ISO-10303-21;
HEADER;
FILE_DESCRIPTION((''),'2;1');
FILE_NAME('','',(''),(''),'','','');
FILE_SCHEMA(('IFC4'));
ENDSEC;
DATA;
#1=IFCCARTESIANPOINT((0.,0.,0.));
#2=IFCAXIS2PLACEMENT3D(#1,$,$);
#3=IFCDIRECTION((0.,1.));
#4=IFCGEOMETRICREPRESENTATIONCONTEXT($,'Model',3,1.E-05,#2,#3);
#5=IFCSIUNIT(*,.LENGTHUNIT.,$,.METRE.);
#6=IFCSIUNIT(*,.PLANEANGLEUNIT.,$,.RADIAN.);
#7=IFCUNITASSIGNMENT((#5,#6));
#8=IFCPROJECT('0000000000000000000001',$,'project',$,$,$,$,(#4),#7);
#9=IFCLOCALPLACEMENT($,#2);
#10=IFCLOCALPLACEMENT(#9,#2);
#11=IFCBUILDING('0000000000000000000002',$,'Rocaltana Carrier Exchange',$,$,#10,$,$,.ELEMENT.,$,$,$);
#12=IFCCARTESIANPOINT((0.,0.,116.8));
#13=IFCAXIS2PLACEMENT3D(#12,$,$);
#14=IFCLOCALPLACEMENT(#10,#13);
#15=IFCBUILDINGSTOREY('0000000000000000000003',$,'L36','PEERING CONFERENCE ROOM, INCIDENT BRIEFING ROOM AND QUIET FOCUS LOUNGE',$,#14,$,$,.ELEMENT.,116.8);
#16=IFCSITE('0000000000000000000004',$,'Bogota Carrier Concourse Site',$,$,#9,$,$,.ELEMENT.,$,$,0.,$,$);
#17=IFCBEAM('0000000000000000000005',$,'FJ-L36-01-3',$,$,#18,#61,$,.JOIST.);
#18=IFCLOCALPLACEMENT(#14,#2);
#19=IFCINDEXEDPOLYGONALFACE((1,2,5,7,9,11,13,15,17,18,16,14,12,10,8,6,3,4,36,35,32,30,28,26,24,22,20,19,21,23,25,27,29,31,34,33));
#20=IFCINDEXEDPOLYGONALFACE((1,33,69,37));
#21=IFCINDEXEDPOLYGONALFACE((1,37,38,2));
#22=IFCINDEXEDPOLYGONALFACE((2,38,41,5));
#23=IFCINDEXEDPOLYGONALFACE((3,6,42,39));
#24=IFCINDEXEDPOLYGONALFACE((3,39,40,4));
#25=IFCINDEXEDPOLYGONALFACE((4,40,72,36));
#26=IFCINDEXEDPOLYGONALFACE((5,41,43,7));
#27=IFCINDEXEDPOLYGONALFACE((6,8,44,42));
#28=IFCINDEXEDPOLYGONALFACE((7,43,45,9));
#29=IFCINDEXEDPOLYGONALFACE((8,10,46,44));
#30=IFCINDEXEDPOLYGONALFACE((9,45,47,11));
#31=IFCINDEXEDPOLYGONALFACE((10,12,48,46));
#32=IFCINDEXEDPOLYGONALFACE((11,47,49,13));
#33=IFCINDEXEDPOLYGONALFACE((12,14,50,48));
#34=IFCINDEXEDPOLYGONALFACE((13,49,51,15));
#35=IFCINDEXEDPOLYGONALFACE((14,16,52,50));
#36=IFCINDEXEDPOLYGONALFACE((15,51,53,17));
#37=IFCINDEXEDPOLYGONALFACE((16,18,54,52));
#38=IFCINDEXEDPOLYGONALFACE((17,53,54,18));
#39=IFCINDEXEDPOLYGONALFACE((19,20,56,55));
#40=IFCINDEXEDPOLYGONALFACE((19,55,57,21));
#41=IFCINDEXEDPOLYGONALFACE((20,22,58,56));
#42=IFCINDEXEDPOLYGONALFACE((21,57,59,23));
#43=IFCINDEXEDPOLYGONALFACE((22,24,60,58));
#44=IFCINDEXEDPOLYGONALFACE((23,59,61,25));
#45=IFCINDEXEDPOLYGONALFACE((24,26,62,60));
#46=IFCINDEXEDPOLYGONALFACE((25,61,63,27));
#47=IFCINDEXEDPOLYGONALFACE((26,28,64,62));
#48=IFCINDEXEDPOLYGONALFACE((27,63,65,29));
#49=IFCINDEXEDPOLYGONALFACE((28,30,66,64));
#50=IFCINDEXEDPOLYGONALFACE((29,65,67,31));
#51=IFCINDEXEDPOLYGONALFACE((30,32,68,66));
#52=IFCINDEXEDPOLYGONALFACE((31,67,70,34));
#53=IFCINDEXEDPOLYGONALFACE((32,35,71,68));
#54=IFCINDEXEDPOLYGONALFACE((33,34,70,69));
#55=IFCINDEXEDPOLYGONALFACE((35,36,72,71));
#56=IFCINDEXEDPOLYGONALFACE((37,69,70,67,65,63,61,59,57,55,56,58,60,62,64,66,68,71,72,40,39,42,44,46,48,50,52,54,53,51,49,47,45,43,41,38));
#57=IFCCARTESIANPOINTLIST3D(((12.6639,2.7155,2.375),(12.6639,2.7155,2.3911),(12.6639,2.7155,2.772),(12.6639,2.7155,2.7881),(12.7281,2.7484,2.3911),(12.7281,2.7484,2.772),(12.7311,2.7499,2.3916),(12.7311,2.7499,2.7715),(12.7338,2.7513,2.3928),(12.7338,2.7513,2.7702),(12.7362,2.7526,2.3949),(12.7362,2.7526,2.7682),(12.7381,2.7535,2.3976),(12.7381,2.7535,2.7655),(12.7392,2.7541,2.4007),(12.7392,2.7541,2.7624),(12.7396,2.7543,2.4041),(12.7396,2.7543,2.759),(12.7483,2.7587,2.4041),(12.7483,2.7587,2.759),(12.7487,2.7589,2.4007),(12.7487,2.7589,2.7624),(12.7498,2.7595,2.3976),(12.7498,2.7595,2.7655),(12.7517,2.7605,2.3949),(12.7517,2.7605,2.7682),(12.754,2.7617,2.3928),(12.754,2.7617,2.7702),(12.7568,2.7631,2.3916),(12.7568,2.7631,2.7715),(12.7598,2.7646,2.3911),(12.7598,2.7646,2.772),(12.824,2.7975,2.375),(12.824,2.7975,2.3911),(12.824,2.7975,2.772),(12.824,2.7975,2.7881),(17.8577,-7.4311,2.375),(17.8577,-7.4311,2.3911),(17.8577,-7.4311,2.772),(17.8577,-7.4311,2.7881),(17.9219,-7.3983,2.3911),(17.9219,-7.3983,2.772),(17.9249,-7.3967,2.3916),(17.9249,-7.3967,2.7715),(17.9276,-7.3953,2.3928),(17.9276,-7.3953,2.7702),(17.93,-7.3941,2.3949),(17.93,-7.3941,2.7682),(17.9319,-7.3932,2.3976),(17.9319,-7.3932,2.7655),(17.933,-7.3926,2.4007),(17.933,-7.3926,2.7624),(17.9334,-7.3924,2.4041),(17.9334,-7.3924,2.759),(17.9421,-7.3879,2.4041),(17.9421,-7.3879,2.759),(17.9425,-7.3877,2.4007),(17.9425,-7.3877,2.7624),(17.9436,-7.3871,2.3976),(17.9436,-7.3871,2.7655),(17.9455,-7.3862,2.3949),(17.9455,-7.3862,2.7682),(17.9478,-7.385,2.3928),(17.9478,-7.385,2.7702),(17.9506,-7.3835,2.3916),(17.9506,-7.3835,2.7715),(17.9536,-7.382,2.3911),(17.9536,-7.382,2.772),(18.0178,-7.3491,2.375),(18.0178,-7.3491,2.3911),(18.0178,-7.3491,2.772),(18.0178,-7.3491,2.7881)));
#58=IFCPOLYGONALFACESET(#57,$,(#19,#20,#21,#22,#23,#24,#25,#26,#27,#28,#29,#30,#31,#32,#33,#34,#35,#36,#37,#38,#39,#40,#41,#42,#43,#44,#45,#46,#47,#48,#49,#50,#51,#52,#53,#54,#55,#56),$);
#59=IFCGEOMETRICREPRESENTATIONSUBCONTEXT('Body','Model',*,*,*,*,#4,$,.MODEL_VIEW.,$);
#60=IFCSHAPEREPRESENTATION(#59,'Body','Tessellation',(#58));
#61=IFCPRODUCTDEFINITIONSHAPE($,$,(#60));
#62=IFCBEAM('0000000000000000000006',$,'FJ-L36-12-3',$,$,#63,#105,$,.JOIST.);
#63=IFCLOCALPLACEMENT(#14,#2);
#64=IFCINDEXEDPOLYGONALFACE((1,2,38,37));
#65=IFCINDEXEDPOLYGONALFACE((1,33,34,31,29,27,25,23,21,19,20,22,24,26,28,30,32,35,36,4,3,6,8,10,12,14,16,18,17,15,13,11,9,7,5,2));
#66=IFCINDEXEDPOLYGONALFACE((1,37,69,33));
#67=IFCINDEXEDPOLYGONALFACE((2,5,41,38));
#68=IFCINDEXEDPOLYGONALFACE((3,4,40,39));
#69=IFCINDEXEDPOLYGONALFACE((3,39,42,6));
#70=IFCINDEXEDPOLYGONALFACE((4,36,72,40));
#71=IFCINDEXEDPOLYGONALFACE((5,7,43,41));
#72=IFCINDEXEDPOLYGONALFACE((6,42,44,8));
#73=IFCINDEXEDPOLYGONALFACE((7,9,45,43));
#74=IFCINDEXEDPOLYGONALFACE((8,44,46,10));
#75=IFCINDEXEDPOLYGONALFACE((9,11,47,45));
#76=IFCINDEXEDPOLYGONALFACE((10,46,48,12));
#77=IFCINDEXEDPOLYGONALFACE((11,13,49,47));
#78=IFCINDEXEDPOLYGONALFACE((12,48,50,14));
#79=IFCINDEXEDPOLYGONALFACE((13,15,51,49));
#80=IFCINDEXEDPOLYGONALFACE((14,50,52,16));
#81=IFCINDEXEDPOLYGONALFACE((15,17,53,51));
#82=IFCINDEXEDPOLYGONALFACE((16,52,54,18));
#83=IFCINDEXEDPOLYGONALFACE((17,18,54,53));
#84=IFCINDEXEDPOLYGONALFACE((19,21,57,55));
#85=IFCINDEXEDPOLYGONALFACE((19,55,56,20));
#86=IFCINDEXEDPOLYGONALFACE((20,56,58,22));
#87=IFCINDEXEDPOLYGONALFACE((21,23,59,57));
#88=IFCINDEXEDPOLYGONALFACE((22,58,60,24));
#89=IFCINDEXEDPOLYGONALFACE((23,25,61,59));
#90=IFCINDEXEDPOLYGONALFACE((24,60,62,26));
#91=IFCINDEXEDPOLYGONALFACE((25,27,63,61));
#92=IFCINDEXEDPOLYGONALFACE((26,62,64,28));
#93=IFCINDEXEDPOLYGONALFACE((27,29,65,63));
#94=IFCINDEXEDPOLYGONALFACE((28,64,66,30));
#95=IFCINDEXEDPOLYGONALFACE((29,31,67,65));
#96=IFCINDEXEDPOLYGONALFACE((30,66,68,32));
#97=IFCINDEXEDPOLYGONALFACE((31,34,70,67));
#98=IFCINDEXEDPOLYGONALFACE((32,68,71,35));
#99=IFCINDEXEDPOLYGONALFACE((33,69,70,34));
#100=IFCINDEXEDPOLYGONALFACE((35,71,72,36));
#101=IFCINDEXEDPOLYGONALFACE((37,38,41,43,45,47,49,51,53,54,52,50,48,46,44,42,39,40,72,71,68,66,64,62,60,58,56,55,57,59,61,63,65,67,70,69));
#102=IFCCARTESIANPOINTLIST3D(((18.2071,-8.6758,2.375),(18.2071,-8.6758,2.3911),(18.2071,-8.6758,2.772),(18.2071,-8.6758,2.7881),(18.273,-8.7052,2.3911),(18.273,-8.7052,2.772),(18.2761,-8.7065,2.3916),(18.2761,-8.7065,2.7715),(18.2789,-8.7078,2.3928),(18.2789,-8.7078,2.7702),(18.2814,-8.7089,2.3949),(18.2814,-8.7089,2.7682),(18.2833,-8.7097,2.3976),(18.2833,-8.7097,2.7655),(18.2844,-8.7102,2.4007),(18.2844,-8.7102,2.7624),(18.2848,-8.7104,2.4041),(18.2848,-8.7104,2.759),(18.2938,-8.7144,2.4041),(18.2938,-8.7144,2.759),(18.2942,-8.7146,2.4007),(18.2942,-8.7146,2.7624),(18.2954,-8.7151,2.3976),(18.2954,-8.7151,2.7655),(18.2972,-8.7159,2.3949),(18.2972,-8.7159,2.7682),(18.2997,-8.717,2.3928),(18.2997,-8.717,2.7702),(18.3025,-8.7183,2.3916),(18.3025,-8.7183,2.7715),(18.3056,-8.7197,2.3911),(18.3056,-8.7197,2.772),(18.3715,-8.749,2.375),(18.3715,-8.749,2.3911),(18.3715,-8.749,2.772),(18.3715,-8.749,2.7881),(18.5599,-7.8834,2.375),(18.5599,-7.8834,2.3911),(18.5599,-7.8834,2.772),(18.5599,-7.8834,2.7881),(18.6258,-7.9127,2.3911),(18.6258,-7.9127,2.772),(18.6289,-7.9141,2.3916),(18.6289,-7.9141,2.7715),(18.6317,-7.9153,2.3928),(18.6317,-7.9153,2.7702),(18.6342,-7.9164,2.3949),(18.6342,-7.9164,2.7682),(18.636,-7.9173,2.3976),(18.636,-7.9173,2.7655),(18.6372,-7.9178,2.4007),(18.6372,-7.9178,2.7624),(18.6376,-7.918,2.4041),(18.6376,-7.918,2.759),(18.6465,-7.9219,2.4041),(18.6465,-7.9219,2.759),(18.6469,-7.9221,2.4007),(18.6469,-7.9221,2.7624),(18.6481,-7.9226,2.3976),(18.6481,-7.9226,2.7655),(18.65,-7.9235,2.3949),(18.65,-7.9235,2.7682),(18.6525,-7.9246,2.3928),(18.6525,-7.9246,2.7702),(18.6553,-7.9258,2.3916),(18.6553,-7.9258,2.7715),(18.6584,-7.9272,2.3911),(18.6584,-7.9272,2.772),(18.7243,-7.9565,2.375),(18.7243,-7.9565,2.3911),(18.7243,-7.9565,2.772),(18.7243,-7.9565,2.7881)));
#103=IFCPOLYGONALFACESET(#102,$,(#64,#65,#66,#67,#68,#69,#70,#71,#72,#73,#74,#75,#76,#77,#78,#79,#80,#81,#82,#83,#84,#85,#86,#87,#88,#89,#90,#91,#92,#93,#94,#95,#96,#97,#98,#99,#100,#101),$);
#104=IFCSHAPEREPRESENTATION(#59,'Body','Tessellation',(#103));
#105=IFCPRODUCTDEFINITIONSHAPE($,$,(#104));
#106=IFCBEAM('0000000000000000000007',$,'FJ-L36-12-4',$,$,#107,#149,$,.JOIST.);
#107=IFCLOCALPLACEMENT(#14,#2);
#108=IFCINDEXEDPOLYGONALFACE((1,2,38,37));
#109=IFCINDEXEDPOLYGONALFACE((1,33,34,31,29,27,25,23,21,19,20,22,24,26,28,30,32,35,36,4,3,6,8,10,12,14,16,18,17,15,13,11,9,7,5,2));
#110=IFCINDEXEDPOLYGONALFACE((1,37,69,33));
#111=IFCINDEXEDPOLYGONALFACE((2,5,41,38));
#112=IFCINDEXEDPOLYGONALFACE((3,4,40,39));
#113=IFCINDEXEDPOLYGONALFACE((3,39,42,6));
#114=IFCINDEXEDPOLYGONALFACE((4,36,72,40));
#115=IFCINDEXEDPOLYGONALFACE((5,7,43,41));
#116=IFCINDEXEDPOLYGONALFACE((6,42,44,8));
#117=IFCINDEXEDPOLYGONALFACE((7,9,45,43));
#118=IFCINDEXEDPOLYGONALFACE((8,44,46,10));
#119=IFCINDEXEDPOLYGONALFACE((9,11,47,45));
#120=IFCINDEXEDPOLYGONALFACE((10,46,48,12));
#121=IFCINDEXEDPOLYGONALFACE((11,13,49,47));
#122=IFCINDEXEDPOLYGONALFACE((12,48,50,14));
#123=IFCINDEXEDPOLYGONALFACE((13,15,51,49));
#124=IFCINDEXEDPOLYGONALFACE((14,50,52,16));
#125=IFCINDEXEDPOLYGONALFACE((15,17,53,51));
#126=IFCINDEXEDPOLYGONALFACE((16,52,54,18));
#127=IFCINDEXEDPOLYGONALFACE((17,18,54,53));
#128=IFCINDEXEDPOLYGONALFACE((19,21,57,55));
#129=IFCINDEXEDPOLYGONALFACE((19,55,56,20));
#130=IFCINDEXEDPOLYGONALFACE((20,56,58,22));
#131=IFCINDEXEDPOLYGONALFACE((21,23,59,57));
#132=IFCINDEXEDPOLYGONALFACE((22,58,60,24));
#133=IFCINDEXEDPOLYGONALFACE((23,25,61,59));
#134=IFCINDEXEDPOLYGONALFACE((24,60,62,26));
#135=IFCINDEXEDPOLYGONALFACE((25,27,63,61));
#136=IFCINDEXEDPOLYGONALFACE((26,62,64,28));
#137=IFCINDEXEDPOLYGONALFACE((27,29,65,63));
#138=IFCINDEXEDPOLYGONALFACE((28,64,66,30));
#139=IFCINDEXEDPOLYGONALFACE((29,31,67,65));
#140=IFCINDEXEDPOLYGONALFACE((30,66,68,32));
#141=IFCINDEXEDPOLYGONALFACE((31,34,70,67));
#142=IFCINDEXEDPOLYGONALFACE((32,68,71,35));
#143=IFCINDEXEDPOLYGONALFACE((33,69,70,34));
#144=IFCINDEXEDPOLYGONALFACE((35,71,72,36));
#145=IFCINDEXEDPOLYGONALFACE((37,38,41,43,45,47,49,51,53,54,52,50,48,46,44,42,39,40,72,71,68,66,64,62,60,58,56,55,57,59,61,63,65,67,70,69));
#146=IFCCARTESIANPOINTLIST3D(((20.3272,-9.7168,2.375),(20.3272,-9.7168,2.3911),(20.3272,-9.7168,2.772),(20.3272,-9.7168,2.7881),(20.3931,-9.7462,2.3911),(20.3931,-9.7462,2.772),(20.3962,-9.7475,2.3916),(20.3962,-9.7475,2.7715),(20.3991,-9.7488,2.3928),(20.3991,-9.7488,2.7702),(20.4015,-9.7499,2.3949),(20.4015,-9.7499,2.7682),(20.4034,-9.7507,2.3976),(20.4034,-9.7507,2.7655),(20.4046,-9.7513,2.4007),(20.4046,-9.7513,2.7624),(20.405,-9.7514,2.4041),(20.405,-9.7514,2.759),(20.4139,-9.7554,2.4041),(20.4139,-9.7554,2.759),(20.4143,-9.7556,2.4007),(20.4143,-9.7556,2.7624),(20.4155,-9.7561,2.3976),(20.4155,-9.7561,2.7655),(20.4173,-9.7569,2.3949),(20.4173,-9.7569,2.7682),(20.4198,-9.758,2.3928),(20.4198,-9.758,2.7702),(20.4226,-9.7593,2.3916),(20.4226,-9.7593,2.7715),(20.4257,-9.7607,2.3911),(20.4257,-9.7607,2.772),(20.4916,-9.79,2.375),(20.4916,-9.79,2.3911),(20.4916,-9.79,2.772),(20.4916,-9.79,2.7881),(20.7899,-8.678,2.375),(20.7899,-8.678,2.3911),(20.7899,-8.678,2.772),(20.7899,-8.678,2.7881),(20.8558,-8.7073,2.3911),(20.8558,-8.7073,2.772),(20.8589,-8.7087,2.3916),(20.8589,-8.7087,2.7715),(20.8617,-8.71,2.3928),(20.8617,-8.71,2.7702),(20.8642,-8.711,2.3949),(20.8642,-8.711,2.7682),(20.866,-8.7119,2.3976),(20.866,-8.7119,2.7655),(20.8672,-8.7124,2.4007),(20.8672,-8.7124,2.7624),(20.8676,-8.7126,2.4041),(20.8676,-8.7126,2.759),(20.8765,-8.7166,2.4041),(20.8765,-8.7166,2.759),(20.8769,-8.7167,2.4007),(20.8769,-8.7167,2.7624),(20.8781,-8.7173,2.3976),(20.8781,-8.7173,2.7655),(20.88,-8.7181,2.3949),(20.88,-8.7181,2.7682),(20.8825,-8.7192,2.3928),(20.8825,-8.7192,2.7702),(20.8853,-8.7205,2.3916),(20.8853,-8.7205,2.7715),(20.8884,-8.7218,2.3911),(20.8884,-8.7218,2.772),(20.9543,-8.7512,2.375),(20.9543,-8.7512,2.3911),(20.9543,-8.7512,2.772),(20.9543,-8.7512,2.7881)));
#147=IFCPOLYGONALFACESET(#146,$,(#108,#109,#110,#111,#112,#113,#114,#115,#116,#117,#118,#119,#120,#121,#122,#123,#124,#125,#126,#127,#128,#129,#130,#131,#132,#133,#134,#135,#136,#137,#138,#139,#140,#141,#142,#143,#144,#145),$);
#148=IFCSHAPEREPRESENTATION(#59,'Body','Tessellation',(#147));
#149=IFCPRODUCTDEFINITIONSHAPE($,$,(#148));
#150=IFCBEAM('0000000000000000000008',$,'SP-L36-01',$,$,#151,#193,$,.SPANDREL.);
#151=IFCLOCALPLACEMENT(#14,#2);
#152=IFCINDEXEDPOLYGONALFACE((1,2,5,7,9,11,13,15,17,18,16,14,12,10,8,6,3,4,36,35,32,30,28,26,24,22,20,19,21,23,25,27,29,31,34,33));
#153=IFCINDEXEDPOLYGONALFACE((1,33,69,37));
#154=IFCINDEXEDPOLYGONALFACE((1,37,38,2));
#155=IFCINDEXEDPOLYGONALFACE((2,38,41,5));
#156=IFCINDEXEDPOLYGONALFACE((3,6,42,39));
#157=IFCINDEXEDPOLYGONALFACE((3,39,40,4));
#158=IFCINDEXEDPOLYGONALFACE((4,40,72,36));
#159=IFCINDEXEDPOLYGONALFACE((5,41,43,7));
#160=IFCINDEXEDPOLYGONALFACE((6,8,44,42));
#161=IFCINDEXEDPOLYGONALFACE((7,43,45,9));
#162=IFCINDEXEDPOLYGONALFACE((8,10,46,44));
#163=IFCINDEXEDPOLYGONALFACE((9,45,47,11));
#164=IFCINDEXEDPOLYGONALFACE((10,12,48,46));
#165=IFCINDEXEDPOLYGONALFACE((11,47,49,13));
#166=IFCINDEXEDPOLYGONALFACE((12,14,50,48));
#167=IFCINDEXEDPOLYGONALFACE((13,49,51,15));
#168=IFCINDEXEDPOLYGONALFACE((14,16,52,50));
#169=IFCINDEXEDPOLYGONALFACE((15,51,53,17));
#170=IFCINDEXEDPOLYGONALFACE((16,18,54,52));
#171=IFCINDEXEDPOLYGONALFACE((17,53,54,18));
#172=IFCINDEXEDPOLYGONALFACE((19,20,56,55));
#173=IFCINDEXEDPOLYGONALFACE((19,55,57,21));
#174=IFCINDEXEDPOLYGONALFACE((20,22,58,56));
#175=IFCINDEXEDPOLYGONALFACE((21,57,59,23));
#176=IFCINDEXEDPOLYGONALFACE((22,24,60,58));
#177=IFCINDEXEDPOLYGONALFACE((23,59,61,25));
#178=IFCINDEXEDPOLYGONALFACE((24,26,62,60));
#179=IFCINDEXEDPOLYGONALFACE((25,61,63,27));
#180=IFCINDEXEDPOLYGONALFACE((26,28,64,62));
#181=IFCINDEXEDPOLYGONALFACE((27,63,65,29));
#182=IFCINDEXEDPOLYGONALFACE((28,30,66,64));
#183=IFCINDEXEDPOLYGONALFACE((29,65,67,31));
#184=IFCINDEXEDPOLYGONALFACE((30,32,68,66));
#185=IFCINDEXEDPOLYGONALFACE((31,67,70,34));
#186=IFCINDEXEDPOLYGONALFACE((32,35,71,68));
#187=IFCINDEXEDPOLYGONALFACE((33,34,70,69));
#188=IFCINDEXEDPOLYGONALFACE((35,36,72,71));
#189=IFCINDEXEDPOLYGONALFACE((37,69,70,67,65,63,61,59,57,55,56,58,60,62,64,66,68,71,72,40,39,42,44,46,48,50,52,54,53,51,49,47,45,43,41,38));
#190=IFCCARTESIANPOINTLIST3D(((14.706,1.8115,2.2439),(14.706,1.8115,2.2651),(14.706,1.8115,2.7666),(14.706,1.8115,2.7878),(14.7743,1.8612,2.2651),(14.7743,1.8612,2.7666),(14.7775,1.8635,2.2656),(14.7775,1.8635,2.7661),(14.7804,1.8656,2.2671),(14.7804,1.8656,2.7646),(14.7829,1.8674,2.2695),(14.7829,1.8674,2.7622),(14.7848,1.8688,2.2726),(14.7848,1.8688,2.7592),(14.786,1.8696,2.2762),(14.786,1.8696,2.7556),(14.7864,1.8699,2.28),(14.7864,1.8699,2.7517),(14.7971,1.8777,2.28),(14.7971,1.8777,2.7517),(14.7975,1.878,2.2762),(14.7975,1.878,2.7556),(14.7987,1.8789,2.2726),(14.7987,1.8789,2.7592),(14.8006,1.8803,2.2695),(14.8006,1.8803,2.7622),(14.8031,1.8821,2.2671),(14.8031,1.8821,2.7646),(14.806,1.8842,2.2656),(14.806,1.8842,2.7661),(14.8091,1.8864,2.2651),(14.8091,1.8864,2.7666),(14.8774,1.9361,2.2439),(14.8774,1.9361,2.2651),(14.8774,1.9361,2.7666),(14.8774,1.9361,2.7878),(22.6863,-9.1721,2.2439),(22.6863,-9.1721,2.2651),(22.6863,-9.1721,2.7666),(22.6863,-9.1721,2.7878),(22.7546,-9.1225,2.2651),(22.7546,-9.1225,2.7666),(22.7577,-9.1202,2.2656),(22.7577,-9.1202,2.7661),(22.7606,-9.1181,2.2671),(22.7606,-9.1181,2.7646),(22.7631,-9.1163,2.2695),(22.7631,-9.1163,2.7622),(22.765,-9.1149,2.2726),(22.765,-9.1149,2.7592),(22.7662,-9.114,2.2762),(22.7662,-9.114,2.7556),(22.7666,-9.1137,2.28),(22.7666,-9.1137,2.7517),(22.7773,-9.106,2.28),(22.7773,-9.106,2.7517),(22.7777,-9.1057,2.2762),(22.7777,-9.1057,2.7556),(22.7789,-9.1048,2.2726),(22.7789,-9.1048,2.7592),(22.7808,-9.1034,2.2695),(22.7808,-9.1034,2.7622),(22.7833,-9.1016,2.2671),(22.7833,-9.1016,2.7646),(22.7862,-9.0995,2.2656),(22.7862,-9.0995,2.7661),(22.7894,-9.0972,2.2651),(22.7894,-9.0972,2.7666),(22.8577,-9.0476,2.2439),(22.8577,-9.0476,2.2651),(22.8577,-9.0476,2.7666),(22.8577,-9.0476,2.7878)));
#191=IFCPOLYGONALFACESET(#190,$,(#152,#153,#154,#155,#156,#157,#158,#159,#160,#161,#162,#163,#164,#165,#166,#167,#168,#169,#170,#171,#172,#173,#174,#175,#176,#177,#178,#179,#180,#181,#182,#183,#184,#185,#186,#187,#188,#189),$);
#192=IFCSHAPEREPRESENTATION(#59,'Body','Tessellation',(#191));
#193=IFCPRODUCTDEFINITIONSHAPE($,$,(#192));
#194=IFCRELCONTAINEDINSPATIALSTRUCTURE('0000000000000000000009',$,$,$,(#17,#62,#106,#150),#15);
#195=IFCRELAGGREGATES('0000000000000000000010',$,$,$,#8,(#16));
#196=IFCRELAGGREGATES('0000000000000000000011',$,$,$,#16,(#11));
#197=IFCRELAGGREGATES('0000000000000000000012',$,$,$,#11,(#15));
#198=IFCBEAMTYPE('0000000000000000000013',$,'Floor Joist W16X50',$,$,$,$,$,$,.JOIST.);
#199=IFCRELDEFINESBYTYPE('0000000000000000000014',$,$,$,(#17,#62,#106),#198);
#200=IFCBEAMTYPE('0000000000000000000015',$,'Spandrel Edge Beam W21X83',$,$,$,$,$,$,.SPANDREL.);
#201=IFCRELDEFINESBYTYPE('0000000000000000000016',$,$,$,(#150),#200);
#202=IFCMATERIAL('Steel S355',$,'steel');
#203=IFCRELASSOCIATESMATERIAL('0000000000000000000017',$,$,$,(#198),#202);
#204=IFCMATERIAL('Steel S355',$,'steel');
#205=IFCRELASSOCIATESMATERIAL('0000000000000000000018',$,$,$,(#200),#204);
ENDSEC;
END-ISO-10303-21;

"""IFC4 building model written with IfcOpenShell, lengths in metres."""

from ifc_helpers import new_model, si_unit, direction, frame, origin, origin_2d, place, context, subcontext, project, spatial, i_section, extrude, material, material_profile, profile_set, type_object, element, save


model = new_model("IFC4")

# Units and contexts
model_context = context("Model", 3, precision=1e-05, world=origin(), true_north=direction((0.0, 1.0)))
body_context = subcontext(model_context, "Body", "Model", "MODEL_VIEW")
ifc_project = project(units=[si_unit("LENGTHUNIT", "METRE"), si_unit("PLANEANGLEUNIT", "RADIAN")], contexts=[model_context])

# Site, building, storey
site_placement = place(None, origin())
site = spatial("IfcSite", under=ifc_project, at=site_placement, Name="Bogota Carrier Concourse Site", CompositionType="ELEMENT", RefElevation=0.0)
building_placement = place(site_placement, origin())
building = spatial("IfcBuilding", under=site, at=building_placement, Name="Rocaltana Carrier Exchange", CompositionType="ELEMENT")
storey_placement = place(building_placement, frame((0.0, 0.0, 116.8)))
storey = spatial("IfcBuildingStorey", under=building, at=storey_placement, Name="L36", Description="PEERING CONFERENCE ROOM, INCIDENT BRIEFING ROOM AND QUIET FOCUS LOUNGE", CompositionType="ELEMENT", Elevation=116.8)

# Beams
ifc_material_1 = material(Name="Steel S355", Category="steel")
ifc_material_profile_1 = material_profile(ifc_material_1, i_section(OverallWidth=0.1799, OverallDepth=0.4131, WebThickness=0.0098, FlangeThickness=0.0161, FilletRadius=0.0129, at=origin_2d()), Name="W16X50")
ifc_profile_set_1 = profile_set([ifc_material_profile_1], Name="Steel S355")
beam_type_1 = type_object("IfcBeamType", Name="Floor Joist W16X50", PredefinedType="JOIST", material=ifc_profile_set_1)
beam_1_placement = place(storey_placement, frame((17.9377, -7.3901, 2.5815), z_axis=(-0.455649, 0.890159, 0.0), x_axis=(-0.890159, -0.455649, 0.0)))
element("IfcBeam", 1, at=beam_1_placement, inside=storey, type_object=beam_type_1, Name="FJ-L36-01-3", PredefinedType="JOIST", context=body_context, shape_type="SweptSolid", body=[
    extrude(i_section(OverallWidth=0.1799, OverallDepth=0.4131, WebThickness=0.0098, FlangeThickness=0.0161, FilletRadius=0.0129, at=origin_2d()), origin(), (0.0, 0.0, 1.0), 11.3987),
])
beam_2_placement = place(storey_placement, frame((18.2893, -8.7124, 2.5815), z_axis=(0.406687, 0.913568, 0.0), x_axis=(-0.913568, 0.406687, 0.0)))
element("IfcBeam", 2, at=beam_2_placement, inside=storey, type_object=beam_type_1, Name="FJ-L36-12-3", PredefinedType="JOIST", context=body_context, shape_type="SweptSolid", body=[
    extrude(i_section(OverallWidth=0.1799, OverallDepth=0.4131, WebThickness=0.0098, FlangeThickness=0.0161, FilletRadius=0.0129, at=origin_2d()), origin(), (0.0, 0.0, 1.0), 0.8674),
])
beam_3_placement = place(storey_placement, frame((20.4094, -9.7534, 2.5815), z_axis=(0.406836, 0.913501, 0.0), x_axis=(-0.913501, 0.406836, 0.0)))
element("IfcBeam", 3, at=beam_3_placement, inside=storey, type_object=beam_type_1, Name="FJ-L36-12-4", PredefinedType="JOIST", context=body_context, shape_type="SweptSolid", body=[
    extrude(i_section(OverallWidth=0.1799, OverallDepth=0.4131, WebThickness=0.0098, FlangeThickness=0.0161, FilletRadius=0.0129, at=origin_2d()), origin(), (0.0, 0.0, 1.0), 1.1372),
])
ifc_material_2 = material(Name="Steel S355", Category="steel")
ifc_material_profile_2 = material_profile(ifc_material_2, i_section(OverallWidth=0.2119, OverallDepth=0.5439, WebThickness=0.0132, FlangeThickness=0.0212, FilletRadius=0.0149, at=origin_2d()), Name="W21X83")
ifc_profile_set_2 = profile_set([ifc_material_profile_2], Name="Steel S355")
beam_type_2 = type_object("IfcBeamType", Name="Spandrel Edge Beam W21X83", PredefinedType="SPANDREL", material=ifc_profile_set_2)
beam_4_placement = place(storey_placement, frame((22.772, -9.1099, 2.5159), z_axis=(-0.587792, 0.809012, 0.0), x_axis=(-0.809012, -0.587792, 0.0)))
element("IfcBeam", 4, at=beam_4_placement, inside=storey, type_object=beam_type_2, Name="SP-L36-01", PredefinedType="SPANDREL", context=body_context, shape_type="SweptSolid", body=[
    extrude(i_section(OverallWidth=0.2119, OverallDepth=0.5439, WebThickness=0.0132, FlangeThickness=0.0212, FilletRadius=0.0149, at=origin_2d()), origin(), (0.0, 0.0, 1.0), 13.5767),
])

save(model, "model.ifc")
